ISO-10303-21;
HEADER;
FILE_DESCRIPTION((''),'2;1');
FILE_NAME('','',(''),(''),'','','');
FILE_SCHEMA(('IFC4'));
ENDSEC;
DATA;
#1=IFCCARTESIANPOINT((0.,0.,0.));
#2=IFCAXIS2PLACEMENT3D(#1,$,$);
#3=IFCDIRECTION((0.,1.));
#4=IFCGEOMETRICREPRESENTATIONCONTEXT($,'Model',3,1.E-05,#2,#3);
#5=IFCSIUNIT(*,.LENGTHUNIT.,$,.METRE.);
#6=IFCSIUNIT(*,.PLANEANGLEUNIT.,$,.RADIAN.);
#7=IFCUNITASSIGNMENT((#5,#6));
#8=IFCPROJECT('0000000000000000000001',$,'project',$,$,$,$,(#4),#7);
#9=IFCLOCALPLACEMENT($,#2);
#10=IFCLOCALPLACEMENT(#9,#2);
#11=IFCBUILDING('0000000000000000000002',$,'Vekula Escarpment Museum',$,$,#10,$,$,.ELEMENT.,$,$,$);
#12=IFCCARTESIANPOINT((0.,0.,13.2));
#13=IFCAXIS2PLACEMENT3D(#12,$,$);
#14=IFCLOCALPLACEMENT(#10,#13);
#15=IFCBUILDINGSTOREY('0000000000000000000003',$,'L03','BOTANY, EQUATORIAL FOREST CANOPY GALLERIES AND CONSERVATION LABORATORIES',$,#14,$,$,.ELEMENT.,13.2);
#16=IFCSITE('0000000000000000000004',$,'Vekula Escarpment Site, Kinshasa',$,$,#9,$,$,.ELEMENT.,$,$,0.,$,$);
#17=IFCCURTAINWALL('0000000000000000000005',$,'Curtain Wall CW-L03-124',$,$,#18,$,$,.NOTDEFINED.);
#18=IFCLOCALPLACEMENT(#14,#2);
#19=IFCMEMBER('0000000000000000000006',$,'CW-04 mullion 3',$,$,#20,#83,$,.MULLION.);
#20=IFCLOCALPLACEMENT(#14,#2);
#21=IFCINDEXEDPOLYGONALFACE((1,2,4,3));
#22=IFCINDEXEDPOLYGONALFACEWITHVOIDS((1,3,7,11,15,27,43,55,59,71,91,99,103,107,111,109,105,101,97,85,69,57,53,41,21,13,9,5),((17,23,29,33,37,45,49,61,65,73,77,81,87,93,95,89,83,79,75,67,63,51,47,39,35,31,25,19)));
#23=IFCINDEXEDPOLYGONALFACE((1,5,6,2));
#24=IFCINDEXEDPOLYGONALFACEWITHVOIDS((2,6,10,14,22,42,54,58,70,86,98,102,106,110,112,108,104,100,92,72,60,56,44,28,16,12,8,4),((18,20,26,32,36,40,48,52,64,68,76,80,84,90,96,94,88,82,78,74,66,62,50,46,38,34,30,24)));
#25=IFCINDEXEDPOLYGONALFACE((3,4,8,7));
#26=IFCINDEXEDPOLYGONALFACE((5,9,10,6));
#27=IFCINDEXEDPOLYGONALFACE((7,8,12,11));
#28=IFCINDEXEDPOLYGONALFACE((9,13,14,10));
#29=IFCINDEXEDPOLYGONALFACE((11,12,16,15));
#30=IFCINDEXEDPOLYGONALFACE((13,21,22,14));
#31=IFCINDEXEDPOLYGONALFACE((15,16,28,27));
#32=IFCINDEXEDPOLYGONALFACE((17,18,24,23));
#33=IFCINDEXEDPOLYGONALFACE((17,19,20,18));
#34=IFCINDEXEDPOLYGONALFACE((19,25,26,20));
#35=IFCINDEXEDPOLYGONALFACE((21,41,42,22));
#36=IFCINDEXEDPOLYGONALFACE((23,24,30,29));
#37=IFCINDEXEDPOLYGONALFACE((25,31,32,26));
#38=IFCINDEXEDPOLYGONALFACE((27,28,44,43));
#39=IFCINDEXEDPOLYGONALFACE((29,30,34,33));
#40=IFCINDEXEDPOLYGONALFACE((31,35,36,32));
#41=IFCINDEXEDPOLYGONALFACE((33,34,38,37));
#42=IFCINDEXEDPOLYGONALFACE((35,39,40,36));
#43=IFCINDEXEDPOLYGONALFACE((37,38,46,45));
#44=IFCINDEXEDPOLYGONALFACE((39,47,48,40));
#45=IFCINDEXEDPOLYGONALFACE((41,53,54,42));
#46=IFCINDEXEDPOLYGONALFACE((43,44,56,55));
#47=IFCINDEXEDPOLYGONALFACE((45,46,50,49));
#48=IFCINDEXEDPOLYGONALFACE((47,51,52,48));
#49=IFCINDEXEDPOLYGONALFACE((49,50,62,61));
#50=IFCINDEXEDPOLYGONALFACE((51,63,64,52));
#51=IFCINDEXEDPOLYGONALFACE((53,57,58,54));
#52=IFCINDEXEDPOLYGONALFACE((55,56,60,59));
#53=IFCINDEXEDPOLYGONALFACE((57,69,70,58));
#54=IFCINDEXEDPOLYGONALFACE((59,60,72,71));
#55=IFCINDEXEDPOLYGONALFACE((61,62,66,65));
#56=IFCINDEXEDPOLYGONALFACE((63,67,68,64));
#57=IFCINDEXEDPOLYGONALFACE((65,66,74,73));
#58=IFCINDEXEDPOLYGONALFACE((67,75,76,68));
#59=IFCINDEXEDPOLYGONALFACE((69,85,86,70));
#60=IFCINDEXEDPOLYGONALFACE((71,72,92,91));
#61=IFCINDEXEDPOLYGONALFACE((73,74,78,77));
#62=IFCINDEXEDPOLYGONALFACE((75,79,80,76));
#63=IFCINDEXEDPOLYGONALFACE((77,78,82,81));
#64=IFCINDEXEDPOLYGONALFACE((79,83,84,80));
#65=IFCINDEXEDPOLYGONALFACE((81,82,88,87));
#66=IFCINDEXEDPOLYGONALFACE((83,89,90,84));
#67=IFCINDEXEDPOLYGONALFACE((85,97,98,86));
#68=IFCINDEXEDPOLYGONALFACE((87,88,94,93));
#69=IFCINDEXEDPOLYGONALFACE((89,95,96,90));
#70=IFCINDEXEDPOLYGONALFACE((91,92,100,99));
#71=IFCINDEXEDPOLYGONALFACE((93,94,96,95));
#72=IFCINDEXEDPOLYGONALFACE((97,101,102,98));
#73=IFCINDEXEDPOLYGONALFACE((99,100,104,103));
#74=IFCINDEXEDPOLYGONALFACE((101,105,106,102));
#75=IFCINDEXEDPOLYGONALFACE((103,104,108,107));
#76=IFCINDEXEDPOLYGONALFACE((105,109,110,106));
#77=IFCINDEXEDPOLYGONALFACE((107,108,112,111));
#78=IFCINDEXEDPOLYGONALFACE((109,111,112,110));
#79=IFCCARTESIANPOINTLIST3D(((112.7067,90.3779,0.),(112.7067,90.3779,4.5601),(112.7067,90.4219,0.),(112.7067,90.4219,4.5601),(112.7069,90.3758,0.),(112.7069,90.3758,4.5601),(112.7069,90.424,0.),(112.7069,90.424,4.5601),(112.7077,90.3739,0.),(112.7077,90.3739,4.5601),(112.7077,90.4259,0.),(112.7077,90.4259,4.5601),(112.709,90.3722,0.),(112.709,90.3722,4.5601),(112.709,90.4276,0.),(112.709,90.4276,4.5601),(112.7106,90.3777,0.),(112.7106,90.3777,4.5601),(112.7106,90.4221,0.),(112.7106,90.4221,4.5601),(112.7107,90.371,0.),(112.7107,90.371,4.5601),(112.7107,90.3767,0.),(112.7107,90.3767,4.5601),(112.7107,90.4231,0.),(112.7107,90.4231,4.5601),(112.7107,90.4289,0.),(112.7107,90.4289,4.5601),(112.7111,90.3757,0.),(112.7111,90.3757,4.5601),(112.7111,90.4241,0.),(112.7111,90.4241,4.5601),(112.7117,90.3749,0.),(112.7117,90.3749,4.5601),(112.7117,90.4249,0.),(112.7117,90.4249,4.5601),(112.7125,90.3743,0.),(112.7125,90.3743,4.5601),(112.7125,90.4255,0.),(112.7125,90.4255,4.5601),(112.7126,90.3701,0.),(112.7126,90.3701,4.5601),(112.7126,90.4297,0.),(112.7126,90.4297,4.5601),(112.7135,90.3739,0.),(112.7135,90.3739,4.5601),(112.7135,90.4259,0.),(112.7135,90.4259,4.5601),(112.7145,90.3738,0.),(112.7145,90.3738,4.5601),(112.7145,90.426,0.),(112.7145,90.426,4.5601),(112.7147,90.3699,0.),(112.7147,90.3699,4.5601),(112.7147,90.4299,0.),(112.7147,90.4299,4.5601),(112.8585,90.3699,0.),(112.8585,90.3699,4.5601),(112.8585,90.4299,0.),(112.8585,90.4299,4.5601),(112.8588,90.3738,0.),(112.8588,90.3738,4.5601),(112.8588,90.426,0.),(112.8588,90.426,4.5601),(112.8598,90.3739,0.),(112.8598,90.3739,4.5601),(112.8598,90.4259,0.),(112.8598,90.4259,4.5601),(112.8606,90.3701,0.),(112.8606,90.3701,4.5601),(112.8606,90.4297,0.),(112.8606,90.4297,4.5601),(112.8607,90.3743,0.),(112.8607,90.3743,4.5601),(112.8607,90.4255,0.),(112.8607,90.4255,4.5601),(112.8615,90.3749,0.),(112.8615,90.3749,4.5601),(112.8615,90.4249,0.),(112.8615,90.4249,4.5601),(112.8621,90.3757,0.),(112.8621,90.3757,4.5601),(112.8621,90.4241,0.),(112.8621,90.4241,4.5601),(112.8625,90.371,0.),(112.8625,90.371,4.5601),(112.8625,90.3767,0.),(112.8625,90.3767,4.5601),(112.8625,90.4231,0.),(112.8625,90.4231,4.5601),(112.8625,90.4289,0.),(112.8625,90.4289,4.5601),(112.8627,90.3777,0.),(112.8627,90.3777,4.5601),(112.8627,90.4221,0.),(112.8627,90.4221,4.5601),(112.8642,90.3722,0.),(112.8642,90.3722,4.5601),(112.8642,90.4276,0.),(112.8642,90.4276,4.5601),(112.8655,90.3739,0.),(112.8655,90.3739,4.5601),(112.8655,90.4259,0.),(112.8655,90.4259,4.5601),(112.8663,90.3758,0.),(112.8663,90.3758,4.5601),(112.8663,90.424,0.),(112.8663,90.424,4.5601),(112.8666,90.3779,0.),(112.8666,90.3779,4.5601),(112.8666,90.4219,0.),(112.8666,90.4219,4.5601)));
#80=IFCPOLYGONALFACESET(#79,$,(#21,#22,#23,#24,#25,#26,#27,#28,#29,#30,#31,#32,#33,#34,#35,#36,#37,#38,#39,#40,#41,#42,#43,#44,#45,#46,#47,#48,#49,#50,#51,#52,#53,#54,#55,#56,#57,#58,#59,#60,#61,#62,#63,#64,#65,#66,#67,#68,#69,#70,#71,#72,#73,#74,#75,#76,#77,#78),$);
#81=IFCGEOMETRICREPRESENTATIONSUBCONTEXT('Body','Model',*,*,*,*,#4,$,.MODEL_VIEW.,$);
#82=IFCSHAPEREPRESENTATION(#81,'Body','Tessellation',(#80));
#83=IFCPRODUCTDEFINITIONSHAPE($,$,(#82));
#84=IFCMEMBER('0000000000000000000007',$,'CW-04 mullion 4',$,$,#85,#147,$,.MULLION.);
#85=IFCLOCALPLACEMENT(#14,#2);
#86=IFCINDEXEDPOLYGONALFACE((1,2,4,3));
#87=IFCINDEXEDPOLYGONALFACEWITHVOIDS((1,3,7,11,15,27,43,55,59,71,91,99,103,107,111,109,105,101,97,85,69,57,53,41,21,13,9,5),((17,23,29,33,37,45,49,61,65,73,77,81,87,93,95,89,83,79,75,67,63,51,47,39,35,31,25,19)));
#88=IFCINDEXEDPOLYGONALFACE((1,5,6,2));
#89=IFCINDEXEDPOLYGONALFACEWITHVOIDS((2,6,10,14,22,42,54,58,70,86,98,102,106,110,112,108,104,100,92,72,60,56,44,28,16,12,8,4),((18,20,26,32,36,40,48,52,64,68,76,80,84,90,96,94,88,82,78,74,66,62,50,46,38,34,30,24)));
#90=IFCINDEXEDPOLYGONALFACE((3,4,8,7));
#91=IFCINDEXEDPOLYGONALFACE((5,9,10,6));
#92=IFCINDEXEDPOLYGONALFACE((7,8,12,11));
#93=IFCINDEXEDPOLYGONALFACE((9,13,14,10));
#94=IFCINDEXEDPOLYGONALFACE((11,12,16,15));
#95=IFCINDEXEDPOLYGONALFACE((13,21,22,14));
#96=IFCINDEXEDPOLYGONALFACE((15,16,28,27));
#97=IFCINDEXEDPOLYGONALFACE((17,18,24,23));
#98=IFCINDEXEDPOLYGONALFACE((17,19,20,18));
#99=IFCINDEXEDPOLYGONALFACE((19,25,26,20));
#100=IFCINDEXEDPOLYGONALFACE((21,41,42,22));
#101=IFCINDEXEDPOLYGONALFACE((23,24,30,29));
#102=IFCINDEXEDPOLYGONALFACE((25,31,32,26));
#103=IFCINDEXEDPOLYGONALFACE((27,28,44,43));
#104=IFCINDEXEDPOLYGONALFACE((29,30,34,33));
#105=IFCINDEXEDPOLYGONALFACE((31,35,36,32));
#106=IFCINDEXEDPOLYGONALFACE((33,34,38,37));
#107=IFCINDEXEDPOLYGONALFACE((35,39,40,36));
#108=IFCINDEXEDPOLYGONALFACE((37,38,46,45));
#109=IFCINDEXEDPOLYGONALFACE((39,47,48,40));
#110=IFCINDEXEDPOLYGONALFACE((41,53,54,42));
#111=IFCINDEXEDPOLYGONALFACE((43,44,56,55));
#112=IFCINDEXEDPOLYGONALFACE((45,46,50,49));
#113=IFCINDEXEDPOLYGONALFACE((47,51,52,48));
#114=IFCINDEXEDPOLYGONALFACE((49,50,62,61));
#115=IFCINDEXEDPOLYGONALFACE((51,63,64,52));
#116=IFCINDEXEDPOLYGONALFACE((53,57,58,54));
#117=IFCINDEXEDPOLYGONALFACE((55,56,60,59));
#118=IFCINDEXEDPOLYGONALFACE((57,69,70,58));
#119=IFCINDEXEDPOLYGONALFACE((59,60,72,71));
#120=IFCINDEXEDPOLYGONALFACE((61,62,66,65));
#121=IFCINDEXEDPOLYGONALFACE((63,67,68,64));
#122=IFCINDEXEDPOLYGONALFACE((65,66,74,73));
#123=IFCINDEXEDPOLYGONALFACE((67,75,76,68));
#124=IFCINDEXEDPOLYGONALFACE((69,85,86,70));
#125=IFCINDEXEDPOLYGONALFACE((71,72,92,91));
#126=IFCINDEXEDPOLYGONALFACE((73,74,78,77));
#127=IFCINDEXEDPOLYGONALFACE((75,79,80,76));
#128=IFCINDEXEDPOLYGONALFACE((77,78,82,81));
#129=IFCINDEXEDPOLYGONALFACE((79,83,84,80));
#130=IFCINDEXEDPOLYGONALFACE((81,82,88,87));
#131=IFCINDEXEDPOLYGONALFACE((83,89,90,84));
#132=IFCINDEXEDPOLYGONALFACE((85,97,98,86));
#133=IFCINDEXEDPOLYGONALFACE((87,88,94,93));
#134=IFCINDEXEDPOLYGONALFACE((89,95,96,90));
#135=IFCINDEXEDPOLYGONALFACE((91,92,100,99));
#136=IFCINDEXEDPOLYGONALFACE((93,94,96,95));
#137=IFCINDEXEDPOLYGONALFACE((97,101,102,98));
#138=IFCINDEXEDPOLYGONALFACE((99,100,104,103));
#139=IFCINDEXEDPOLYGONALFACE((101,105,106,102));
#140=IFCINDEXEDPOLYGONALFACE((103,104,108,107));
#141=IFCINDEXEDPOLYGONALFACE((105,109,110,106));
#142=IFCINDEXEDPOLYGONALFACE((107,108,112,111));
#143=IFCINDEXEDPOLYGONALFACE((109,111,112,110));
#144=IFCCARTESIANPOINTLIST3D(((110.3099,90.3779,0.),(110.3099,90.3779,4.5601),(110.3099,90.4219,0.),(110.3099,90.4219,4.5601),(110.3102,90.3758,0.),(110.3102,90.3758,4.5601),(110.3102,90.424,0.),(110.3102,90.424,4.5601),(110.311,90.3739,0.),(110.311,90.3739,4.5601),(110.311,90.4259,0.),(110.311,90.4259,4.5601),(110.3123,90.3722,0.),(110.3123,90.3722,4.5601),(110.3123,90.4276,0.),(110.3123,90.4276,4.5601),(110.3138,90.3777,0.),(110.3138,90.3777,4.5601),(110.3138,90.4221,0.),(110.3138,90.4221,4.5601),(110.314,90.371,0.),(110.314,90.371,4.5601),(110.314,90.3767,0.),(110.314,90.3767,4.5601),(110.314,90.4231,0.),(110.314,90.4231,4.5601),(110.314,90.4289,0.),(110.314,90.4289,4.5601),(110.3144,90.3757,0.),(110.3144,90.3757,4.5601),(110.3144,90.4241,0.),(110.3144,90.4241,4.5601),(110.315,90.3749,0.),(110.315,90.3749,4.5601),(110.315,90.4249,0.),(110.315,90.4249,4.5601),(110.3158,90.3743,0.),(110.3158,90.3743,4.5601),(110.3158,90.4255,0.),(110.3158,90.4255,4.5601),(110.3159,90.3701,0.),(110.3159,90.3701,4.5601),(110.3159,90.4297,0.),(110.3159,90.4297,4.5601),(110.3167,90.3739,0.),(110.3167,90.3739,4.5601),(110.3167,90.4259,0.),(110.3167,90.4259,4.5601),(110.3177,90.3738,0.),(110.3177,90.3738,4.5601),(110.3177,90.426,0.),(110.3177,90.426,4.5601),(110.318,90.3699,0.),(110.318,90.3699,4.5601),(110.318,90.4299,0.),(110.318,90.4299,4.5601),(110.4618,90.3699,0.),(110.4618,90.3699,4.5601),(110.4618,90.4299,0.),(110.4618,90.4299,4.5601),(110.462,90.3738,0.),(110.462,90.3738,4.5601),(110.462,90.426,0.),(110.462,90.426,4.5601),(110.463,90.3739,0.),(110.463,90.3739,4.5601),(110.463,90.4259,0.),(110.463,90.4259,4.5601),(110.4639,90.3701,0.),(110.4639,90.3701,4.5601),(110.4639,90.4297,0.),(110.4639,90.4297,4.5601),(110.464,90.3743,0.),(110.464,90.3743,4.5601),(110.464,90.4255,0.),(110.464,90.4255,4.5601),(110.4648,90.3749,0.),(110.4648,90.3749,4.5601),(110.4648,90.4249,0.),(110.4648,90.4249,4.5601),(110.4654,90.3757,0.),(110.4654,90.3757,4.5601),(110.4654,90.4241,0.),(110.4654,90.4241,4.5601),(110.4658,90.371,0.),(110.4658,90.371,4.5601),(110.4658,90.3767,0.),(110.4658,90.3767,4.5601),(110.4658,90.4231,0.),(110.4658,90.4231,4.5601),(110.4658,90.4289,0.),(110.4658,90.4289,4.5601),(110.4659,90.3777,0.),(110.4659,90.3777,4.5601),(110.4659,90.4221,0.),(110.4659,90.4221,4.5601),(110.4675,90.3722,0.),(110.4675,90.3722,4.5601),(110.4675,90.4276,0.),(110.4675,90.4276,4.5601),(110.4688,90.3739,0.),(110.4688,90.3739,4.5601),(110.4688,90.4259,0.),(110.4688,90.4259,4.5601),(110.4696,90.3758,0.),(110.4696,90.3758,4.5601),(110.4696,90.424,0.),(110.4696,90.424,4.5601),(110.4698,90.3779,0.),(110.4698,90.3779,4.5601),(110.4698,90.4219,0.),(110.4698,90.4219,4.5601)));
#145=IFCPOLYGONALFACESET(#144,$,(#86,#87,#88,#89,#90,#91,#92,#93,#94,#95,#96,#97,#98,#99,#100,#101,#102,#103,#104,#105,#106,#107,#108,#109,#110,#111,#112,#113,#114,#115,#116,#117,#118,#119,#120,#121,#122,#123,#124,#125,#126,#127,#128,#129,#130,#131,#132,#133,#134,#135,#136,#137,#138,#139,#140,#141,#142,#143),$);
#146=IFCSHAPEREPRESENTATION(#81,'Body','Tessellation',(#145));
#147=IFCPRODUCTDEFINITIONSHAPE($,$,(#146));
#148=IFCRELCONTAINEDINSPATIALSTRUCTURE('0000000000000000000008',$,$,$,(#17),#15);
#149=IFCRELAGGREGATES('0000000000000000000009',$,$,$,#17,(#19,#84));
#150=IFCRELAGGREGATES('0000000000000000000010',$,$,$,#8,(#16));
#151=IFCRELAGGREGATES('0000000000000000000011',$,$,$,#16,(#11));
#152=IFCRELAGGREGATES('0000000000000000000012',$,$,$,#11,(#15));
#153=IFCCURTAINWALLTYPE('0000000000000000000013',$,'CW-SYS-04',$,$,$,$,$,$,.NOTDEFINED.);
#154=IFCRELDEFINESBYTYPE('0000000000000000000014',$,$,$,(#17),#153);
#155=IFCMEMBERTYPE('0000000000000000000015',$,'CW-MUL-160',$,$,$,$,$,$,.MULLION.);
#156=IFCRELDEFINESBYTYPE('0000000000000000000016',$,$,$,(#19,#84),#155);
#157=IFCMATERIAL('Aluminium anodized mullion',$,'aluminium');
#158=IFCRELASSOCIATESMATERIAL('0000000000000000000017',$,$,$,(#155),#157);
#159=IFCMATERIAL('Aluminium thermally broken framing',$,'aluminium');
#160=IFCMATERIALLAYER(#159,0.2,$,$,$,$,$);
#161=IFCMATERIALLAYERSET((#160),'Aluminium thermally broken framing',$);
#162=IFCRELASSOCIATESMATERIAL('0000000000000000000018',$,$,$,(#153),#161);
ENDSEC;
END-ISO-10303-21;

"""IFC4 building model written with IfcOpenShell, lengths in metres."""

from ifc_helpers import new_model, si_unit, direction, frame, origin, origin_2d, place, context, subcontext, project, spatial, hollow_rectangle, extrude, material, layer, layer_set, material_profile, profile_set, type_object, element, aggregate, save


model = new_model("IFC4")

# Units and contexts
model_context = context("Model", 3, precision=1e-05, world=origin(), true_north=direction((0.0, 1.0)))
body_context = subcontext(model_context, "Body", "Model", "MODEL_VIEW")
ifc_project = project(units=[si_unit("LENGTHUNIT", "METRE"), si_unit("PLANEANGLEUNIT", "RADIAN")], contexts=[model_context])

# Site, building, storey
site_placement = place(None, origin())
site = spatial("IfcSite", under=ifc_project, at=site_placement, Name="Vekula Escarpment Site, Kinshasa", CompositionType="ELEMENT", RefElevation=0.0)
building_placement = place(site_placement, origin())
building = spatial("IfcBuilding", under=site, at=building_placement, Name="Vekula Escarpment Museum", CompositionType="ELEMENT")
storey_placement = place(building_placement, frame((0.0, 0.0, 13.2)))
storey = spatial("IfcBuildingStorey", under=building, at=storey_placement, Name="L03", Description="BOTANY, EQUATORIAL FOREST CANOPY GALLERIES AND CONSERVATION LABORATORIES", CompositionType="ELEMENT", Elevation=13.2)

# Curtain wall, members
ifc_material_1 = material(Name="Aluminium anodized mullion", Category="aluminium")
ifc_material_profile_1 = material_profile(ifc_material_1, hollow_rectangle(XDim=0.0601, YDim=0.1599, WallThickness=0.0039, InnerFilletRadius=0.0039, OuterFilletRadius=0.0081, at=origin_2d()), Name="ALU 160x60x4")
ifc_profile_set_1 = profile_set([ifc_material_profile_1], Name="Aluminium anodized mullion")
member_type_1 = type_object("IfcMemberType", Name="CW-MUL-160", PredefinedType="MULLION", material=ifc_profile_set_1)
ifc_material_2 = material(Name="Aluminium thermally broken framing", Category="aluminium")
ifc_layer_1 = layer(ifc_material_2, 0.2)
ifc_layer_set_1 = layer_set([ifc_layer_1], Name="Aluminium thermally broken framing")
curtain_wall_type_1 = type_object("IfcCurtainWallType", Name="CW-SYS-04", PredefinedType="NOTDEFINED", material=ifc_layer_set_1)
curtain_wall_1_placement = place(storey_placement, origin())
curtain_wall_1 = element("IfcCurtainWall", 1, at=curtain_wall_1_placement, inside=storey, type_object=curtain_wall_type_1, Name="Curtain Wall CW-L03-124", PredefinedType="NOTDEFINED")
member_1_placement = place(storey_placement, frame((112.7866, 90.3999, 0.0), z_axis=(0.0, 0.0, 1.0), x_axis=(0.0, -1.0, 0.0)))
member_1 = element("IfcMember", 2, at=member_1_placement, type_object=member_type_1, Name="CW-04 mullion 3", PredefinedType="MULLION", context=body_context, shape_type="SweptSolid", body=[
    extrude(hollow_rectangle(XDim=0.0601, YDim=0.1599, WallThickness=0.0039, InnerFilletRadius=0.0039, OuterFilletRadius=0.0081, at=origin_2d()), origin(), (0.0, 0.0, 1.0), 4.5601),
])
member_2_placement = place(storey_placement, frame((110.3899, 90.3999, 0.0), z_axis=(0.0, 0.0, 1.0), x_axis=(0.0, -1.0, 0.0)))
member_2 = element("IfcMember", 3, at=member_2_placement, type_object=member_type_1, Name="CW-04 mullion 4", PredefinedType="MULLION", context=body_context, shape_type="SweptSolid", body=[
    extrude(hollow_rectangle(XDim=0.0601, YDim=0.1599, WallThickness=0.0039, InnerFilletRadius=0.0039, OuterFilletRadius=0.0081, at=origin_2d()), origin(), (0.0, 0.0, 1.0), 4.5601),
])

aggregate(curtain_wall_1, [member_1, member_2])

save(model, "model.ifc")
